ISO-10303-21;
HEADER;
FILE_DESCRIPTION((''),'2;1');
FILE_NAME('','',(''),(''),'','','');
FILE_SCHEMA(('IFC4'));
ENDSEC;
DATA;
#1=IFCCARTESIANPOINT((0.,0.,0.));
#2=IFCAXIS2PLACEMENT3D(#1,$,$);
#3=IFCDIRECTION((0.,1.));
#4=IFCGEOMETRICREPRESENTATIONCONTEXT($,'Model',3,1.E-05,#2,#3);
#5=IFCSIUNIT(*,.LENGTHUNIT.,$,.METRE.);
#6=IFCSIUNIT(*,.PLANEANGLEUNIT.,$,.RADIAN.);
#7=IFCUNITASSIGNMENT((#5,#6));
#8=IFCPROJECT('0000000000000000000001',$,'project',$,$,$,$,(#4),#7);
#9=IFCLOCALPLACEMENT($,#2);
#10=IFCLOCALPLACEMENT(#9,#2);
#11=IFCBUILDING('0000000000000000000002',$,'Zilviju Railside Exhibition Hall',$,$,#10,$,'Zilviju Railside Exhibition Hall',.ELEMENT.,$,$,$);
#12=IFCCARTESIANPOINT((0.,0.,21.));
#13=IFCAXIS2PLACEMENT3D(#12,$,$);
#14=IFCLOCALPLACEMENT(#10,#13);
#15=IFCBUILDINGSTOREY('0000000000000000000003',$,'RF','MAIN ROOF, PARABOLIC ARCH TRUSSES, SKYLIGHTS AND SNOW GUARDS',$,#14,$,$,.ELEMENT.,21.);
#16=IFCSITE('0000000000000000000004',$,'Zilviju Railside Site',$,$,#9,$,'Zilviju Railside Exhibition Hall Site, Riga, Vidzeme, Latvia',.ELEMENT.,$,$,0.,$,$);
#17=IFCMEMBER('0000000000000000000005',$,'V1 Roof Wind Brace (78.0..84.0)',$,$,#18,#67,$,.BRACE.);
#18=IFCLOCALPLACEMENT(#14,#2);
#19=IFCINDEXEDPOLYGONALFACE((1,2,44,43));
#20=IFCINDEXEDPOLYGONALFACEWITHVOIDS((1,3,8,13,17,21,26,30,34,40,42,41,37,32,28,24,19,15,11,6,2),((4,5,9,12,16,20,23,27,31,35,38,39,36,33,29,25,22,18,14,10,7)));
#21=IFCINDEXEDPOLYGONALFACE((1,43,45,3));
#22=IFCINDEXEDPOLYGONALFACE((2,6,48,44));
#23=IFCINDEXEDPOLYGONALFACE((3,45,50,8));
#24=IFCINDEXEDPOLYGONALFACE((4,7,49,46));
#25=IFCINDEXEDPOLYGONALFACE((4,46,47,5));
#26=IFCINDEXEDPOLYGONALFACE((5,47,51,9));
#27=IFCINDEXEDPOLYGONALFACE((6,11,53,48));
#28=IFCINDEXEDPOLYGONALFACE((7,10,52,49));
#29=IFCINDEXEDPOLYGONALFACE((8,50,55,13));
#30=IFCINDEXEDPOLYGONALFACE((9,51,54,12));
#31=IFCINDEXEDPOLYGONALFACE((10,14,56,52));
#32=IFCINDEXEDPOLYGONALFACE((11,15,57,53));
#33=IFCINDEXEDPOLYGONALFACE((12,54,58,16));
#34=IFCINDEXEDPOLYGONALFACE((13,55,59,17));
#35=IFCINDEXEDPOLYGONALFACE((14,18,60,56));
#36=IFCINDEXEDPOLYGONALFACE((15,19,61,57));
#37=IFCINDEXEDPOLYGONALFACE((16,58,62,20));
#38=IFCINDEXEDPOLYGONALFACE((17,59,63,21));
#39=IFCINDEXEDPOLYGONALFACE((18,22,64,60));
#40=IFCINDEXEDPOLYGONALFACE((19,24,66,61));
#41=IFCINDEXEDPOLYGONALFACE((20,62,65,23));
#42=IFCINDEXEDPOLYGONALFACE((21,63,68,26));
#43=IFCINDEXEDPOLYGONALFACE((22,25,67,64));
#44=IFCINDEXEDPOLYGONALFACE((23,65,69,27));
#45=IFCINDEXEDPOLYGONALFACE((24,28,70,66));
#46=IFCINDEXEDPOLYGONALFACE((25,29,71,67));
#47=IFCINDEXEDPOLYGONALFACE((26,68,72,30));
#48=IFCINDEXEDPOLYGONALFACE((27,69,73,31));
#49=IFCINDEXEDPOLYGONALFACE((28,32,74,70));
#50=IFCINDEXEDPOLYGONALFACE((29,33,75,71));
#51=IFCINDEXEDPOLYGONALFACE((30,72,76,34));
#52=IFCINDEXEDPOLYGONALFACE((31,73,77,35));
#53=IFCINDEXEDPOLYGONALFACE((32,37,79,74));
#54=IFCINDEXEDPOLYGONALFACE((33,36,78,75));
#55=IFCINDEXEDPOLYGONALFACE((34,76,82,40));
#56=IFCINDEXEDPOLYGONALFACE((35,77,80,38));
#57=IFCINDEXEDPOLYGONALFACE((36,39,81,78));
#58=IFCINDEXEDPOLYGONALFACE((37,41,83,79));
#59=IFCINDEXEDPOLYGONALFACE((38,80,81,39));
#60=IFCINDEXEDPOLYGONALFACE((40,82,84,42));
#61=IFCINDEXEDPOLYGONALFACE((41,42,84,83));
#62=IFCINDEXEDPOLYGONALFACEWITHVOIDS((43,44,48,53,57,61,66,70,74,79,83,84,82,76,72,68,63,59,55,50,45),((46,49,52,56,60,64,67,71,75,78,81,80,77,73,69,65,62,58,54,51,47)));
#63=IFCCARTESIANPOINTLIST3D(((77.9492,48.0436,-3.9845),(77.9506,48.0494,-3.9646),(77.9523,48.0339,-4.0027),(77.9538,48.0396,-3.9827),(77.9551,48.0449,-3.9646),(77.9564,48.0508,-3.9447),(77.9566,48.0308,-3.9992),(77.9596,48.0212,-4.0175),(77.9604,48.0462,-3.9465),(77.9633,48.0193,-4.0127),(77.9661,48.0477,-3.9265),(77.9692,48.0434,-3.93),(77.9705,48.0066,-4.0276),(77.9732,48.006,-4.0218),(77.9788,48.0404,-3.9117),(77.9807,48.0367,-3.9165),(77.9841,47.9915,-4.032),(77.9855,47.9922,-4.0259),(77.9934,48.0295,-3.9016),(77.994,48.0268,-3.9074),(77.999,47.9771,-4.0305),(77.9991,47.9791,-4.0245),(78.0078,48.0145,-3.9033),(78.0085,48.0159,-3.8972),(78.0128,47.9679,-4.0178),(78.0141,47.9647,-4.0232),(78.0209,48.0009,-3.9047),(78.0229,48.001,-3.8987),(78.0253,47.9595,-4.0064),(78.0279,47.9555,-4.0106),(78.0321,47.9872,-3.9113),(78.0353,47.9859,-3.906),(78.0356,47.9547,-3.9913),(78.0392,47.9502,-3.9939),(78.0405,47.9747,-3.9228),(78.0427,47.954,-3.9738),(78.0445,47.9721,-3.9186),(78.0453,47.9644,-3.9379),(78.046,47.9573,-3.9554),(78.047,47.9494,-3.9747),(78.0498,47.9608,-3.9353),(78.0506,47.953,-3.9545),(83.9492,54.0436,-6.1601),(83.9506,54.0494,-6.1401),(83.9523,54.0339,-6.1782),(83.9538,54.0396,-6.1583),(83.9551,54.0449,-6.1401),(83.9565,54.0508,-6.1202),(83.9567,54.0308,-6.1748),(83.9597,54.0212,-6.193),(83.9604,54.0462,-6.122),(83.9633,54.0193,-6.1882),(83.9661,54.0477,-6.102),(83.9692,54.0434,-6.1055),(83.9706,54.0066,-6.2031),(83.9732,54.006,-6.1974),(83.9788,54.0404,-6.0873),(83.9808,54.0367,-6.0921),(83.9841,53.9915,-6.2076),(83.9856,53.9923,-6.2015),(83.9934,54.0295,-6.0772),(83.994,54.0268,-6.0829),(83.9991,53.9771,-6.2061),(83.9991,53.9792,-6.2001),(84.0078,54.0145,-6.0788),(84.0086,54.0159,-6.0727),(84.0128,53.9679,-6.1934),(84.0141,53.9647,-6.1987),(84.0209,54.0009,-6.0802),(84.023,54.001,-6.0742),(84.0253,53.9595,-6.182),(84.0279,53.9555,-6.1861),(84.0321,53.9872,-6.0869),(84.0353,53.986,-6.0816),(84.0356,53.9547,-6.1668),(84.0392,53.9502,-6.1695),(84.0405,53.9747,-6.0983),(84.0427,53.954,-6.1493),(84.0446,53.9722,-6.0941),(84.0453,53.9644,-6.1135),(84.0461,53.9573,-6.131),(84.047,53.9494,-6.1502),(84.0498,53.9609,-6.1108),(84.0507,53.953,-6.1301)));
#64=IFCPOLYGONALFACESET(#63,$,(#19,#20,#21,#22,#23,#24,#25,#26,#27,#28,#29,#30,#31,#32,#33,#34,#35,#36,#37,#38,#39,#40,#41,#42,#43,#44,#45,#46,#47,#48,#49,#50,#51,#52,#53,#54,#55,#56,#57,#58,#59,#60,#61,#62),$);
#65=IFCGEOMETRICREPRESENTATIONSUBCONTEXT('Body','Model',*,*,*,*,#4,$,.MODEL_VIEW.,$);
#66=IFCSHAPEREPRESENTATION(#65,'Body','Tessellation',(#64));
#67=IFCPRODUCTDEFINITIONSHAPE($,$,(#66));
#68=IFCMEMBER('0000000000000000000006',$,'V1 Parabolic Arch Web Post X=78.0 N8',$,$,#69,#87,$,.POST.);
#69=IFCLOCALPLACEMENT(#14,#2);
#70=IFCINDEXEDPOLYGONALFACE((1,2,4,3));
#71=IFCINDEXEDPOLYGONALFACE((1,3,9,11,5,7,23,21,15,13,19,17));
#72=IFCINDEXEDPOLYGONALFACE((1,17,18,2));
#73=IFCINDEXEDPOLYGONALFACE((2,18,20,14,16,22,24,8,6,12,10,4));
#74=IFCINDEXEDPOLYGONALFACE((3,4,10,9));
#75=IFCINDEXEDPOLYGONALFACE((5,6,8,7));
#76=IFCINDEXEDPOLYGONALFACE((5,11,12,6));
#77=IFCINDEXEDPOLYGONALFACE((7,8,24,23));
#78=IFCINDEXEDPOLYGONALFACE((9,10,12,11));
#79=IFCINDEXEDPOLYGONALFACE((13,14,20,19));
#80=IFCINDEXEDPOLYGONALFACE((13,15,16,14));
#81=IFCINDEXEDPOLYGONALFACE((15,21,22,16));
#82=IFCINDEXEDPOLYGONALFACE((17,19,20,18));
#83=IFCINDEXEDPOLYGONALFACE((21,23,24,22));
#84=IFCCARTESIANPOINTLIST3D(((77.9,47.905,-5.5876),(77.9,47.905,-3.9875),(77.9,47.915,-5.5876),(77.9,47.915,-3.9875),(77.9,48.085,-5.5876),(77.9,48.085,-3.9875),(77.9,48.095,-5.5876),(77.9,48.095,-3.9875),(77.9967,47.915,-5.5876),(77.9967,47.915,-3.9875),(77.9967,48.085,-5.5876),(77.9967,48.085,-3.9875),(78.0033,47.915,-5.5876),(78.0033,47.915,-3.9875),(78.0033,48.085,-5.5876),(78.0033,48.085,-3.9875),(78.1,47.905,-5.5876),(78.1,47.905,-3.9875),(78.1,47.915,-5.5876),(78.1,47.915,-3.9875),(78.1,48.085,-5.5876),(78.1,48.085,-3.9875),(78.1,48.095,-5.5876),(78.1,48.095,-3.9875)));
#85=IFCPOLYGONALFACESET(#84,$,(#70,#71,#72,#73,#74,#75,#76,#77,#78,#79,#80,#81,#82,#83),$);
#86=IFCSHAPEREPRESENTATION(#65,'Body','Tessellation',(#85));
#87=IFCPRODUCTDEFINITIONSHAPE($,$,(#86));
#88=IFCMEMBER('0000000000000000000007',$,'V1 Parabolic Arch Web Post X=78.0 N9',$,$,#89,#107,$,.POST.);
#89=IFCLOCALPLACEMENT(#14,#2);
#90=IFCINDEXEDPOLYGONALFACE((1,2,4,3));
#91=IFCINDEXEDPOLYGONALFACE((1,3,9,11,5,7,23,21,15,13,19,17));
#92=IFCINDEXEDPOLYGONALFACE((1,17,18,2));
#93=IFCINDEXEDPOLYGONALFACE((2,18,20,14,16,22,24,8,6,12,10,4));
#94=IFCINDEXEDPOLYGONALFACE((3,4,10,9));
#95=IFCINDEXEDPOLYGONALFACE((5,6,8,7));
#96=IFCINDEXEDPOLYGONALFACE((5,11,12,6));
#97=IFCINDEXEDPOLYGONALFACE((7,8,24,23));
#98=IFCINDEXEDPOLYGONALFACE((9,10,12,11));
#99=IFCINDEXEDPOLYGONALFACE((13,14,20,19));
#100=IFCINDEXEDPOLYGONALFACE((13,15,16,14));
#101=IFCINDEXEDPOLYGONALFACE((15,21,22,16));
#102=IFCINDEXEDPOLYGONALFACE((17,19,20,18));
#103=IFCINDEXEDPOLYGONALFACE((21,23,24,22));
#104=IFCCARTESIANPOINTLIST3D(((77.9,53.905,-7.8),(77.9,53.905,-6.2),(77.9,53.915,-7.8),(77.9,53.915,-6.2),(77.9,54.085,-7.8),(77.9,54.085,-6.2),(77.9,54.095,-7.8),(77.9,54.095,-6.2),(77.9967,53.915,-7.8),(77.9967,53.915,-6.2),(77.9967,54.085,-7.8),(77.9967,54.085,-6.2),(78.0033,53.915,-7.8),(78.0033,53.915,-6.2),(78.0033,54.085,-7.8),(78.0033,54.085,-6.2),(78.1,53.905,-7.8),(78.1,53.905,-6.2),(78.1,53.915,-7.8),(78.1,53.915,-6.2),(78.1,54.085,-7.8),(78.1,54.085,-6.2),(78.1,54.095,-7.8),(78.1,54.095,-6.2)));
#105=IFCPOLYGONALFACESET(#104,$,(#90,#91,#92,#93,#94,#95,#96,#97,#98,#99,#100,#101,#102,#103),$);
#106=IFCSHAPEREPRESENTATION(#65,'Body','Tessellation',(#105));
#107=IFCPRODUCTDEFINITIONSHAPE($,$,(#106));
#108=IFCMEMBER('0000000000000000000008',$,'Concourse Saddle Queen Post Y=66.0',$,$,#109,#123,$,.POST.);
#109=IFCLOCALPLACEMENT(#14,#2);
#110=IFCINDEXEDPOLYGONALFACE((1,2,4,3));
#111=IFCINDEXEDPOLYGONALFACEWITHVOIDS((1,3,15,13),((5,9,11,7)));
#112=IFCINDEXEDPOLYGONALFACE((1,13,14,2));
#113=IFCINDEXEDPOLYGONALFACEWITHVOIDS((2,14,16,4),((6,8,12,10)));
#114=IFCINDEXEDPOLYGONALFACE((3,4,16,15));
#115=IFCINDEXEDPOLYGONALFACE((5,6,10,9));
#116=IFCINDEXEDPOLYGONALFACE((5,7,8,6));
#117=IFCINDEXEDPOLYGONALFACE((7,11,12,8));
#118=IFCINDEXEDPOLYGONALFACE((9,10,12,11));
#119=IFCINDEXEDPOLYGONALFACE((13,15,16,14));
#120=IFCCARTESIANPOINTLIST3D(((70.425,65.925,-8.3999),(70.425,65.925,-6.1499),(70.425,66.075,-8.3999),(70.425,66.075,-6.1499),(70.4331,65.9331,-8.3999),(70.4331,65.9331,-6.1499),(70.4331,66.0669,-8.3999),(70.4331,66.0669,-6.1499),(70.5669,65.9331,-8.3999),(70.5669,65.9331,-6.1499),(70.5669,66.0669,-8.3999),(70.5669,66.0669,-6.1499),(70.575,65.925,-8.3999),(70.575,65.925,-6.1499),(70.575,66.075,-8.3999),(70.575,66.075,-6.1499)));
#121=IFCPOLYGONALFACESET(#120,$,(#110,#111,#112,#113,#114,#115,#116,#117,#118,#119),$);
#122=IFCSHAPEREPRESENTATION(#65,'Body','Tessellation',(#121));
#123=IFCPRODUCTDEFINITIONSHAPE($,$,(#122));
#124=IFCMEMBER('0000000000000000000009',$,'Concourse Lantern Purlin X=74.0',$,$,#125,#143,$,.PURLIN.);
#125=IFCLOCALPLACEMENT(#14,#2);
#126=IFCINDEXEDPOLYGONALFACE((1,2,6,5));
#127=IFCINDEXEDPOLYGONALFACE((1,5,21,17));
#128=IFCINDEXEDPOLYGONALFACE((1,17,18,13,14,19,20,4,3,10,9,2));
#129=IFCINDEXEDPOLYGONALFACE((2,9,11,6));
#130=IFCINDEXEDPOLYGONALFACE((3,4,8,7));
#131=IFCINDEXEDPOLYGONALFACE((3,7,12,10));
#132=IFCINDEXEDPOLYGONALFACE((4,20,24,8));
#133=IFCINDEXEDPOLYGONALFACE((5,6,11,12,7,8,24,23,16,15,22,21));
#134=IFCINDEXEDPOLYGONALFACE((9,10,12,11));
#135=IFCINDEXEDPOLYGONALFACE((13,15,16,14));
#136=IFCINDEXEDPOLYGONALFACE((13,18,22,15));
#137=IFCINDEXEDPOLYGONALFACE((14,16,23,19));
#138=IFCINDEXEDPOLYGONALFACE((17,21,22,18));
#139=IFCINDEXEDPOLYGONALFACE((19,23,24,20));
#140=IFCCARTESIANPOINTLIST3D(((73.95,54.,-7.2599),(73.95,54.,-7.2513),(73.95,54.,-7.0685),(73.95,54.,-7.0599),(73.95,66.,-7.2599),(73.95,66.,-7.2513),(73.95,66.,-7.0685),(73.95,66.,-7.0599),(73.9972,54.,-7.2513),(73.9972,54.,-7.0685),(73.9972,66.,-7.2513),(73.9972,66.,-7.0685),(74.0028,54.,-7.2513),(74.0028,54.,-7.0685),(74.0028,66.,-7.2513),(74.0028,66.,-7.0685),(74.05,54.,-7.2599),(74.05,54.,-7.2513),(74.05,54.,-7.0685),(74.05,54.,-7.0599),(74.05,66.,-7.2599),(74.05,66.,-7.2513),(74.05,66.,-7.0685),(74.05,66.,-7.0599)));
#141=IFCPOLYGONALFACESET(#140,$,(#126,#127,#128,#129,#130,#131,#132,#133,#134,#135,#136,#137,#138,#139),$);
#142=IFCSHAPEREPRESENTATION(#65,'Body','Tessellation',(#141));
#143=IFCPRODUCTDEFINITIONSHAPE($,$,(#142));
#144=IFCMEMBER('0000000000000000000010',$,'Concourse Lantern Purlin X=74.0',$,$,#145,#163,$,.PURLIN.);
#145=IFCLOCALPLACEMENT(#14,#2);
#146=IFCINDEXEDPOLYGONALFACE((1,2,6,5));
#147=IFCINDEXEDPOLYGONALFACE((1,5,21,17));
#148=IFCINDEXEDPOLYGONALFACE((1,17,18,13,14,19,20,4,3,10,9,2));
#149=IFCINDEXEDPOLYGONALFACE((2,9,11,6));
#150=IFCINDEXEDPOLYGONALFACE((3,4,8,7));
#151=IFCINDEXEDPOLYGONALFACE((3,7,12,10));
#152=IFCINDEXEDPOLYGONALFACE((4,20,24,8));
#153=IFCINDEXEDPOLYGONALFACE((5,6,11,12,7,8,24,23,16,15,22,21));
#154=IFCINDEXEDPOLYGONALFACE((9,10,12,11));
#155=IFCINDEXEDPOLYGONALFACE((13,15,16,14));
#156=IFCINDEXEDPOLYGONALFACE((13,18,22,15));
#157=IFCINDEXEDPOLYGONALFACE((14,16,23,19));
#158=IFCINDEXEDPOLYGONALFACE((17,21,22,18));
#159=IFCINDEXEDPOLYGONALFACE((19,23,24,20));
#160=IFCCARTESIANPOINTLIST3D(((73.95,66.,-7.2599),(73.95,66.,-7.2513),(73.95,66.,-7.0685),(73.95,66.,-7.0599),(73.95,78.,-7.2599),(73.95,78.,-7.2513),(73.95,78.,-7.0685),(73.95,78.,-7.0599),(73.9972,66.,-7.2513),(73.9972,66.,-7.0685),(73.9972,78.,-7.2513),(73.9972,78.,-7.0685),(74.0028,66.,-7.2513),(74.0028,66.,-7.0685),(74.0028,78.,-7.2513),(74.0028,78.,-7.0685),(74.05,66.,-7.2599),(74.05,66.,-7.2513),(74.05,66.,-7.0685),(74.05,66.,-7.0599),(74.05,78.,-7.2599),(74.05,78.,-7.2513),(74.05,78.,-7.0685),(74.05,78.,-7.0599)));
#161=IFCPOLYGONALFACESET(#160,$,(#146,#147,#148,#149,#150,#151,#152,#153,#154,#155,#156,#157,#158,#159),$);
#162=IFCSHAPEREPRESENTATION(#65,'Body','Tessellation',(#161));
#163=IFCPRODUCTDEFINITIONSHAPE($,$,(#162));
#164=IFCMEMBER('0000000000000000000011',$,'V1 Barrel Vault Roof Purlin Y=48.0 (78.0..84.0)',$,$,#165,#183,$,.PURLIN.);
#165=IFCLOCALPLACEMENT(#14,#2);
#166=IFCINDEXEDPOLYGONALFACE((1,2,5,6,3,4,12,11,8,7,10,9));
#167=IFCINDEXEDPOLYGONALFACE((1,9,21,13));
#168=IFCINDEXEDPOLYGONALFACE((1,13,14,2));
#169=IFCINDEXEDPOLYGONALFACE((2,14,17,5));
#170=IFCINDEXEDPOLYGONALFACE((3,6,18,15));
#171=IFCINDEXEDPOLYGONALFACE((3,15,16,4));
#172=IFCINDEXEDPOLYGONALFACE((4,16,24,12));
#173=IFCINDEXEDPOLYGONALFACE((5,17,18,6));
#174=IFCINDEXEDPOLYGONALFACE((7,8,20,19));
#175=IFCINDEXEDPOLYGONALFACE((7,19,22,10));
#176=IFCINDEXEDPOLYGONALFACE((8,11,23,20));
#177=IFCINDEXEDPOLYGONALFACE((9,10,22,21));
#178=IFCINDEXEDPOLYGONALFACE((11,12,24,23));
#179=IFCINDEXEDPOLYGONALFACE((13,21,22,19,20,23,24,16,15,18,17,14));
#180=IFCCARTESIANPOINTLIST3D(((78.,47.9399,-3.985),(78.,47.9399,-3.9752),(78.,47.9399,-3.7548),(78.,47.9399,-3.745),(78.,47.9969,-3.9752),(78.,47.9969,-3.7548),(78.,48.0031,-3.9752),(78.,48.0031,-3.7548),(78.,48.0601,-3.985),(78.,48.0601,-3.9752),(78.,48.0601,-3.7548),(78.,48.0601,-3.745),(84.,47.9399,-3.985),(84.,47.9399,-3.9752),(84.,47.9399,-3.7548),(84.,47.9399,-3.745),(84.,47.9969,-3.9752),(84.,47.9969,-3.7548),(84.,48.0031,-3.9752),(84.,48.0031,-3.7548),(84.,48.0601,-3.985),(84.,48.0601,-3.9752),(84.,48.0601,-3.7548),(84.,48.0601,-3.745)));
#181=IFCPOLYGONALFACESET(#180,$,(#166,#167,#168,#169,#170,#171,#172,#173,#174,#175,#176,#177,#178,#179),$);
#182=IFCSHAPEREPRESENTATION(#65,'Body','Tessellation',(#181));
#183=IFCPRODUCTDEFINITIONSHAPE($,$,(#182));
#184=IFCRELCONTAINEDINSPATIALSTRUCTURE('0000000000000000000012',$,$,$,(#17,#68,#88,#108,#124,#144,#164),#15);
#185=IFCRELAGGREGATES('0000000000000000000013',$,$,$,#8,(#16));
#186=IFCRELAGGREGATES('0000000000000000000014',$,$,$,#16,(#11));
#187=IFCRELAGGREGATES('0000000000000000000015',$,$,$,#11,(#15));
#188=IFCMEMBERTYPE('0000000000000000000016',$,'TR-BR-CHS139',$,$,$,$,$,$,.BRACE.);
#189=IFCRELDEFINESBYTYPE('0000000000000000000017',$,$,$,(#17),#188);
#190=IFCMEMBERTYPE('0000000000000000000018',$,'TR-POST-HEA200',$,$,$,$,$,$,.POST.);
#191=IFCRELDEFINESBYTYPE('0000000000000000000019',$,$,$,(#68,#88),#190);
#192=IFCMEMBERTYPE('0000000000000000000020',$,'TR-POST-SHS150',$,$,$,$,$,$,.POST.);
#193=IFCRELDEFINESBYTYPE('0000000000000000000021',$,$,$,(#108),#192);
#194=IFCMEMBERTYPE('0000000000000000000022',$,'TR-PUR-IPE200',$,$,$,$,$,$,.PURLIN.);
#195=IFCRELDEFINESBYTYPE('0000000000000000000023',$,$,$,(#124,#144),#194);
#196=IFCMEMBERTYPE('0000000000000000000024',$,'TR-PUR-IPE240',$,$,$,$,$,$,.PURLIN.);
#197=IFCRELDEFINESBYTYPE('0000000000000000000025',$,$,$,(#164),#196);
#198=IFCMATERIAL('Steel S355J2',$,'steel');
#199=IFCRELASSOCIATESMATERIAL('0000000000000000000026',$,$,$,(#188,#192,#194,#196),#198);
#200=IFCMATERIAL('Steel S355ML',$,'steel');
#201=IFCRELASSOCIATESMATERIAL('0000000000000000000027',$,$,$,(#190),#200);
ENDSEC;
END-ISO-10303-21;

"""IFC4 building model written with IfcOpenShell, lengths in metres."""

from ifc_helpers import new_model, si_unit, direction, frame, origin, origin_2d, place, context, subcontext, project, spatial, hollow_rectangle, hollow_circle, i_section, extrude, material, material_profile, profile_set, type_object, element, save


model = new_model("IFC4")

# Units and contexts
model_context = context("Model", 3, precision=1e-05, world=origin(), true_north=direction((0.0, 1.0)))
body_context = subcontext(model_context, "Body", "Model", "MODEL_VIEW")
ifc_project = project(units=[si_unit("LENGTHUNIT", "METRE"), si_unit("PLANEANGLEUNIT", "RADIAN")], contexts=[model_context])

# Site, building, storey
site_placement = place(None, origin())
site = spatial("IfcSite", under=ifc_project, at=site_placement, Name="Zilviju Railside Site", LongName="Zilviju Railside Exhibition Hall Site, Riga, Vidzeme, Latvia", CompositionType="ELEMENT", RefElevation=0.0)
building_placement = place(site_placement, origin())
building = spatial("IfcBuilding", under=site, at=building_placement, Name="Zilviju Railside Exhibition Hall", LongName="Zilviju Railside Exhibition Hall", CompositionType="ELEMENT")
storey_placement = place(building_placement, frame((0.0, 0.0, 21.0)))
storey = spatial("IfcBuildingStorey", under=building, at=storey_placement, Name="RF", Description="MAIN ROOF, PARABOLIC ARCH TRUSSES, SKYLIGHTS AND SNOW GUARDS", CompositionType="ELEMENT", Elevation=21.0)

# Members
ifc_material_1 = material(Name="Steel S355J2", Category="steel")
ifc_material_profile_1 = material_profile(ifc_material_1, hollow_circle(Radius=0.0698, WallThickness=0.0063, at=origin_2d()), Name="CHS 139.7x6.3")
ifc_profile_set_1 = profile_set([ifc_material_profile_1], Name="Steel S355J2")
member_type_1 = type_object("IfcMemberType", Name="TR-BR-CHS139", PredefinedType="BRACE", material=ifc_profile_set_1)
member_1_placement = place(storey_placement, frame((78.0, 48.0, -3.9646), z_axis=(0.684952, 0.684952, -0.248356), x_axis=(-0.707107, 0.707107, 0.0)))
element("IfcMember", 1, at=member_1_placement, inside=storey, type_object=member_type_1, Name="V1 Roof Wind Brace (78.0..84.0)", PredefinedType="BRACE", context=body_context, shape_type="SweptSolid", body=[
    extrude(hollow_circle(Radius=0.0698, WallThickness=0.0063, at=origin_2d()), origin(), (0.0, 0.0, 1.0), 8.7598),
])
ifc_material_2 = material(Name="Steel S355ML", Category="steel")
ifc_material_profile_2 = material_profile(ifc_material_2, i_section(OverallWidth=0.2, OverallDepth=0.1899, WebThickness=0.0066, FlangeThickness=0.01, at=origin_2d()), Name="HEA 200")
ifc_profile_set_2 = profile_set([ifc_material_profile_2], Name="Steel S355ML")
member_type_2 = type_object("IfcMemberType", Name="TR-POST-HEA200", PredefinedType="POST", material=ifc_profile_set_2)
for number, where, z_axis, x_axis, name in (
    (2, (78.0, 48.0, -5.5876), (0.0, 0.0, 1.0), (1.0, 0.0, 0.0), "V1 Parabolic Arch Web Post X=78.0 N8"),
    (3, (78.0, 54.0, -7.8), (0.0, 0.0, 1.0), (1.0, 0.0, 0.0), "V1 Parabolic Arch Web Post X=78.0 N9"),
):
    element("IfcMember", number, at=place(storey_placement, frame(where, z_axis=z_axis, x_axis=x_axis)), inside=storey, type_object=member_type_2, Name=name, PredefinedType="POST", context=body_context, shape_type="SweptSolid", body=[
        extrude(i_section(OverallWidth=0.2, OverallDepth=0.1899, WebThickness=0.0066, FlangeThickness=0.01, at=origin_2d()), origin(), (0.0, 0.0, 1.0), 1.6001),
    ])
ifc_material_profile_3 = material_profile(ifc_material_1, hollow_rectangle(XDim=0.1499, YDim=0.1499, WallThickness=0.0081, at=origin_2d()), Name="SHS 150x150x8.0")
ifc_profile_set_3 = profile_set([ifc_material_profile_3], Name="Steel S355J2")
member_type_3 = type_object("IfcMemberType", Name="TR-POST-SHS150", PredefinedType="POST", material=ifc_profile_set_3)
member_2_placement = place(storey_placement, frame((70.5, 66.0, -8.3999), z_axis=(0.0, 0.0, 1.0), x_axis=(1.0, 0.0, 0.0)))
element("IfcMember", 4, at=member_2_placement, inside=storey, type_object=member_type_3, Name="Concourse Saddle Queen Post Y=66.0", PredefinedType="POST", context=body_context, shape_type="SweptSolid", body=[
    extrude(hollow_rectangle(XDim=0.1499, YDim=0.1499, WallThickness=0.0081, at=origin_2d()), origin(), (0.0, 0.0, 1.0), 2.25),
])
ifc_material_profile_4 = material_profile(ifc_material_1, i_section(OverallWidth=0.1001, OverallDepth=0.2, WebThickness=0.0056, FlangeThickness=0.0085, at=origin_2d()), Name="IPE 200")
ifc_profile_set_4 = profile_set([ifc_material_profile_4], Name="Steel S355J2")
member_type_4 = type_object("IfcMemberType", Name="TR-PUR-IPE200", PredefinedType="PURLIN", material=ifc_profile_set_4)
for number, where, z_axis, x_axis, name in (
    (5, (74.0, 54.0, -7.1599), (0.0, 1.0, 0.0), (-1.0, 0.0, 0.0), "Concourse Lantern Purlin X=74.0"),
    (6, (74.0, 66.0, -7.1599), (0.0, 1.0, 0.0), (-1.0, 0.0, 0.0), "Concourse Lantern Purlin X=74.0"),
):
    element("IfcMember", number, at=place(storey_placement, frame(where, z_axis=z_axis, x_axis=x_axis)), inside=storey, type_object=member_type_4, Name=name, PredefinedType="PURLIN", context=body_context, shape_type="SweptSolid", body=[
        extrude(i_section(OverallWidth=0.1001, OverallDepth=0.2, WebThickness=0.0056, FlangeThickness=0.0085, at=origin_2d()), origin(), (0.0, 0.0, 1.0), 12.0),
    ])
ifc_material_profile_5 = material_profile(ifc_material_1, i_section(OverallWidth=0.1201, OverallDepth=0.24, WebThickness=0.0061, FlangeThickness=0.0098, at=origin_2d()), Name="IPE 240")
ifc_profile_set_5 = profile_set([ifc_material_profile_5], Name="Steel S355J2")
member_type_5 = type_object("IfcMemberType", Name="TR-PUR-IPE240", PredefinedType="PURLIN", material=ifc_profile_set_5)
for number, where, z_axis, x_axis, name in (
    (7, (78.0, 48.0, -3.865), (1.0, 0.0, 0.0), (0.0, 1.0, 0.0), "V1 Barrel Vault Roof Purlin Y=48.0 (78.0..84.0)"),
):
    element("IfcMember", number, at=place(storey_placement, frame(where, z_axis=z_axis, x_axis=x_axis)), inside=storey, type_object=member_type_5, Name=name, PredefinedType="PURLIN", context=body_context, shape_type="SweptSolid", body=[
        extrude(i_section(OverallWidth=0.1201, OverallDepth=0.24, WebThickness=0.0061, FlangeThickness=0.0098, at=origin_2d()), origin(), (0.0, 0.0, 1.0), 6.0),
    ])

save(model, "model.ifc")
